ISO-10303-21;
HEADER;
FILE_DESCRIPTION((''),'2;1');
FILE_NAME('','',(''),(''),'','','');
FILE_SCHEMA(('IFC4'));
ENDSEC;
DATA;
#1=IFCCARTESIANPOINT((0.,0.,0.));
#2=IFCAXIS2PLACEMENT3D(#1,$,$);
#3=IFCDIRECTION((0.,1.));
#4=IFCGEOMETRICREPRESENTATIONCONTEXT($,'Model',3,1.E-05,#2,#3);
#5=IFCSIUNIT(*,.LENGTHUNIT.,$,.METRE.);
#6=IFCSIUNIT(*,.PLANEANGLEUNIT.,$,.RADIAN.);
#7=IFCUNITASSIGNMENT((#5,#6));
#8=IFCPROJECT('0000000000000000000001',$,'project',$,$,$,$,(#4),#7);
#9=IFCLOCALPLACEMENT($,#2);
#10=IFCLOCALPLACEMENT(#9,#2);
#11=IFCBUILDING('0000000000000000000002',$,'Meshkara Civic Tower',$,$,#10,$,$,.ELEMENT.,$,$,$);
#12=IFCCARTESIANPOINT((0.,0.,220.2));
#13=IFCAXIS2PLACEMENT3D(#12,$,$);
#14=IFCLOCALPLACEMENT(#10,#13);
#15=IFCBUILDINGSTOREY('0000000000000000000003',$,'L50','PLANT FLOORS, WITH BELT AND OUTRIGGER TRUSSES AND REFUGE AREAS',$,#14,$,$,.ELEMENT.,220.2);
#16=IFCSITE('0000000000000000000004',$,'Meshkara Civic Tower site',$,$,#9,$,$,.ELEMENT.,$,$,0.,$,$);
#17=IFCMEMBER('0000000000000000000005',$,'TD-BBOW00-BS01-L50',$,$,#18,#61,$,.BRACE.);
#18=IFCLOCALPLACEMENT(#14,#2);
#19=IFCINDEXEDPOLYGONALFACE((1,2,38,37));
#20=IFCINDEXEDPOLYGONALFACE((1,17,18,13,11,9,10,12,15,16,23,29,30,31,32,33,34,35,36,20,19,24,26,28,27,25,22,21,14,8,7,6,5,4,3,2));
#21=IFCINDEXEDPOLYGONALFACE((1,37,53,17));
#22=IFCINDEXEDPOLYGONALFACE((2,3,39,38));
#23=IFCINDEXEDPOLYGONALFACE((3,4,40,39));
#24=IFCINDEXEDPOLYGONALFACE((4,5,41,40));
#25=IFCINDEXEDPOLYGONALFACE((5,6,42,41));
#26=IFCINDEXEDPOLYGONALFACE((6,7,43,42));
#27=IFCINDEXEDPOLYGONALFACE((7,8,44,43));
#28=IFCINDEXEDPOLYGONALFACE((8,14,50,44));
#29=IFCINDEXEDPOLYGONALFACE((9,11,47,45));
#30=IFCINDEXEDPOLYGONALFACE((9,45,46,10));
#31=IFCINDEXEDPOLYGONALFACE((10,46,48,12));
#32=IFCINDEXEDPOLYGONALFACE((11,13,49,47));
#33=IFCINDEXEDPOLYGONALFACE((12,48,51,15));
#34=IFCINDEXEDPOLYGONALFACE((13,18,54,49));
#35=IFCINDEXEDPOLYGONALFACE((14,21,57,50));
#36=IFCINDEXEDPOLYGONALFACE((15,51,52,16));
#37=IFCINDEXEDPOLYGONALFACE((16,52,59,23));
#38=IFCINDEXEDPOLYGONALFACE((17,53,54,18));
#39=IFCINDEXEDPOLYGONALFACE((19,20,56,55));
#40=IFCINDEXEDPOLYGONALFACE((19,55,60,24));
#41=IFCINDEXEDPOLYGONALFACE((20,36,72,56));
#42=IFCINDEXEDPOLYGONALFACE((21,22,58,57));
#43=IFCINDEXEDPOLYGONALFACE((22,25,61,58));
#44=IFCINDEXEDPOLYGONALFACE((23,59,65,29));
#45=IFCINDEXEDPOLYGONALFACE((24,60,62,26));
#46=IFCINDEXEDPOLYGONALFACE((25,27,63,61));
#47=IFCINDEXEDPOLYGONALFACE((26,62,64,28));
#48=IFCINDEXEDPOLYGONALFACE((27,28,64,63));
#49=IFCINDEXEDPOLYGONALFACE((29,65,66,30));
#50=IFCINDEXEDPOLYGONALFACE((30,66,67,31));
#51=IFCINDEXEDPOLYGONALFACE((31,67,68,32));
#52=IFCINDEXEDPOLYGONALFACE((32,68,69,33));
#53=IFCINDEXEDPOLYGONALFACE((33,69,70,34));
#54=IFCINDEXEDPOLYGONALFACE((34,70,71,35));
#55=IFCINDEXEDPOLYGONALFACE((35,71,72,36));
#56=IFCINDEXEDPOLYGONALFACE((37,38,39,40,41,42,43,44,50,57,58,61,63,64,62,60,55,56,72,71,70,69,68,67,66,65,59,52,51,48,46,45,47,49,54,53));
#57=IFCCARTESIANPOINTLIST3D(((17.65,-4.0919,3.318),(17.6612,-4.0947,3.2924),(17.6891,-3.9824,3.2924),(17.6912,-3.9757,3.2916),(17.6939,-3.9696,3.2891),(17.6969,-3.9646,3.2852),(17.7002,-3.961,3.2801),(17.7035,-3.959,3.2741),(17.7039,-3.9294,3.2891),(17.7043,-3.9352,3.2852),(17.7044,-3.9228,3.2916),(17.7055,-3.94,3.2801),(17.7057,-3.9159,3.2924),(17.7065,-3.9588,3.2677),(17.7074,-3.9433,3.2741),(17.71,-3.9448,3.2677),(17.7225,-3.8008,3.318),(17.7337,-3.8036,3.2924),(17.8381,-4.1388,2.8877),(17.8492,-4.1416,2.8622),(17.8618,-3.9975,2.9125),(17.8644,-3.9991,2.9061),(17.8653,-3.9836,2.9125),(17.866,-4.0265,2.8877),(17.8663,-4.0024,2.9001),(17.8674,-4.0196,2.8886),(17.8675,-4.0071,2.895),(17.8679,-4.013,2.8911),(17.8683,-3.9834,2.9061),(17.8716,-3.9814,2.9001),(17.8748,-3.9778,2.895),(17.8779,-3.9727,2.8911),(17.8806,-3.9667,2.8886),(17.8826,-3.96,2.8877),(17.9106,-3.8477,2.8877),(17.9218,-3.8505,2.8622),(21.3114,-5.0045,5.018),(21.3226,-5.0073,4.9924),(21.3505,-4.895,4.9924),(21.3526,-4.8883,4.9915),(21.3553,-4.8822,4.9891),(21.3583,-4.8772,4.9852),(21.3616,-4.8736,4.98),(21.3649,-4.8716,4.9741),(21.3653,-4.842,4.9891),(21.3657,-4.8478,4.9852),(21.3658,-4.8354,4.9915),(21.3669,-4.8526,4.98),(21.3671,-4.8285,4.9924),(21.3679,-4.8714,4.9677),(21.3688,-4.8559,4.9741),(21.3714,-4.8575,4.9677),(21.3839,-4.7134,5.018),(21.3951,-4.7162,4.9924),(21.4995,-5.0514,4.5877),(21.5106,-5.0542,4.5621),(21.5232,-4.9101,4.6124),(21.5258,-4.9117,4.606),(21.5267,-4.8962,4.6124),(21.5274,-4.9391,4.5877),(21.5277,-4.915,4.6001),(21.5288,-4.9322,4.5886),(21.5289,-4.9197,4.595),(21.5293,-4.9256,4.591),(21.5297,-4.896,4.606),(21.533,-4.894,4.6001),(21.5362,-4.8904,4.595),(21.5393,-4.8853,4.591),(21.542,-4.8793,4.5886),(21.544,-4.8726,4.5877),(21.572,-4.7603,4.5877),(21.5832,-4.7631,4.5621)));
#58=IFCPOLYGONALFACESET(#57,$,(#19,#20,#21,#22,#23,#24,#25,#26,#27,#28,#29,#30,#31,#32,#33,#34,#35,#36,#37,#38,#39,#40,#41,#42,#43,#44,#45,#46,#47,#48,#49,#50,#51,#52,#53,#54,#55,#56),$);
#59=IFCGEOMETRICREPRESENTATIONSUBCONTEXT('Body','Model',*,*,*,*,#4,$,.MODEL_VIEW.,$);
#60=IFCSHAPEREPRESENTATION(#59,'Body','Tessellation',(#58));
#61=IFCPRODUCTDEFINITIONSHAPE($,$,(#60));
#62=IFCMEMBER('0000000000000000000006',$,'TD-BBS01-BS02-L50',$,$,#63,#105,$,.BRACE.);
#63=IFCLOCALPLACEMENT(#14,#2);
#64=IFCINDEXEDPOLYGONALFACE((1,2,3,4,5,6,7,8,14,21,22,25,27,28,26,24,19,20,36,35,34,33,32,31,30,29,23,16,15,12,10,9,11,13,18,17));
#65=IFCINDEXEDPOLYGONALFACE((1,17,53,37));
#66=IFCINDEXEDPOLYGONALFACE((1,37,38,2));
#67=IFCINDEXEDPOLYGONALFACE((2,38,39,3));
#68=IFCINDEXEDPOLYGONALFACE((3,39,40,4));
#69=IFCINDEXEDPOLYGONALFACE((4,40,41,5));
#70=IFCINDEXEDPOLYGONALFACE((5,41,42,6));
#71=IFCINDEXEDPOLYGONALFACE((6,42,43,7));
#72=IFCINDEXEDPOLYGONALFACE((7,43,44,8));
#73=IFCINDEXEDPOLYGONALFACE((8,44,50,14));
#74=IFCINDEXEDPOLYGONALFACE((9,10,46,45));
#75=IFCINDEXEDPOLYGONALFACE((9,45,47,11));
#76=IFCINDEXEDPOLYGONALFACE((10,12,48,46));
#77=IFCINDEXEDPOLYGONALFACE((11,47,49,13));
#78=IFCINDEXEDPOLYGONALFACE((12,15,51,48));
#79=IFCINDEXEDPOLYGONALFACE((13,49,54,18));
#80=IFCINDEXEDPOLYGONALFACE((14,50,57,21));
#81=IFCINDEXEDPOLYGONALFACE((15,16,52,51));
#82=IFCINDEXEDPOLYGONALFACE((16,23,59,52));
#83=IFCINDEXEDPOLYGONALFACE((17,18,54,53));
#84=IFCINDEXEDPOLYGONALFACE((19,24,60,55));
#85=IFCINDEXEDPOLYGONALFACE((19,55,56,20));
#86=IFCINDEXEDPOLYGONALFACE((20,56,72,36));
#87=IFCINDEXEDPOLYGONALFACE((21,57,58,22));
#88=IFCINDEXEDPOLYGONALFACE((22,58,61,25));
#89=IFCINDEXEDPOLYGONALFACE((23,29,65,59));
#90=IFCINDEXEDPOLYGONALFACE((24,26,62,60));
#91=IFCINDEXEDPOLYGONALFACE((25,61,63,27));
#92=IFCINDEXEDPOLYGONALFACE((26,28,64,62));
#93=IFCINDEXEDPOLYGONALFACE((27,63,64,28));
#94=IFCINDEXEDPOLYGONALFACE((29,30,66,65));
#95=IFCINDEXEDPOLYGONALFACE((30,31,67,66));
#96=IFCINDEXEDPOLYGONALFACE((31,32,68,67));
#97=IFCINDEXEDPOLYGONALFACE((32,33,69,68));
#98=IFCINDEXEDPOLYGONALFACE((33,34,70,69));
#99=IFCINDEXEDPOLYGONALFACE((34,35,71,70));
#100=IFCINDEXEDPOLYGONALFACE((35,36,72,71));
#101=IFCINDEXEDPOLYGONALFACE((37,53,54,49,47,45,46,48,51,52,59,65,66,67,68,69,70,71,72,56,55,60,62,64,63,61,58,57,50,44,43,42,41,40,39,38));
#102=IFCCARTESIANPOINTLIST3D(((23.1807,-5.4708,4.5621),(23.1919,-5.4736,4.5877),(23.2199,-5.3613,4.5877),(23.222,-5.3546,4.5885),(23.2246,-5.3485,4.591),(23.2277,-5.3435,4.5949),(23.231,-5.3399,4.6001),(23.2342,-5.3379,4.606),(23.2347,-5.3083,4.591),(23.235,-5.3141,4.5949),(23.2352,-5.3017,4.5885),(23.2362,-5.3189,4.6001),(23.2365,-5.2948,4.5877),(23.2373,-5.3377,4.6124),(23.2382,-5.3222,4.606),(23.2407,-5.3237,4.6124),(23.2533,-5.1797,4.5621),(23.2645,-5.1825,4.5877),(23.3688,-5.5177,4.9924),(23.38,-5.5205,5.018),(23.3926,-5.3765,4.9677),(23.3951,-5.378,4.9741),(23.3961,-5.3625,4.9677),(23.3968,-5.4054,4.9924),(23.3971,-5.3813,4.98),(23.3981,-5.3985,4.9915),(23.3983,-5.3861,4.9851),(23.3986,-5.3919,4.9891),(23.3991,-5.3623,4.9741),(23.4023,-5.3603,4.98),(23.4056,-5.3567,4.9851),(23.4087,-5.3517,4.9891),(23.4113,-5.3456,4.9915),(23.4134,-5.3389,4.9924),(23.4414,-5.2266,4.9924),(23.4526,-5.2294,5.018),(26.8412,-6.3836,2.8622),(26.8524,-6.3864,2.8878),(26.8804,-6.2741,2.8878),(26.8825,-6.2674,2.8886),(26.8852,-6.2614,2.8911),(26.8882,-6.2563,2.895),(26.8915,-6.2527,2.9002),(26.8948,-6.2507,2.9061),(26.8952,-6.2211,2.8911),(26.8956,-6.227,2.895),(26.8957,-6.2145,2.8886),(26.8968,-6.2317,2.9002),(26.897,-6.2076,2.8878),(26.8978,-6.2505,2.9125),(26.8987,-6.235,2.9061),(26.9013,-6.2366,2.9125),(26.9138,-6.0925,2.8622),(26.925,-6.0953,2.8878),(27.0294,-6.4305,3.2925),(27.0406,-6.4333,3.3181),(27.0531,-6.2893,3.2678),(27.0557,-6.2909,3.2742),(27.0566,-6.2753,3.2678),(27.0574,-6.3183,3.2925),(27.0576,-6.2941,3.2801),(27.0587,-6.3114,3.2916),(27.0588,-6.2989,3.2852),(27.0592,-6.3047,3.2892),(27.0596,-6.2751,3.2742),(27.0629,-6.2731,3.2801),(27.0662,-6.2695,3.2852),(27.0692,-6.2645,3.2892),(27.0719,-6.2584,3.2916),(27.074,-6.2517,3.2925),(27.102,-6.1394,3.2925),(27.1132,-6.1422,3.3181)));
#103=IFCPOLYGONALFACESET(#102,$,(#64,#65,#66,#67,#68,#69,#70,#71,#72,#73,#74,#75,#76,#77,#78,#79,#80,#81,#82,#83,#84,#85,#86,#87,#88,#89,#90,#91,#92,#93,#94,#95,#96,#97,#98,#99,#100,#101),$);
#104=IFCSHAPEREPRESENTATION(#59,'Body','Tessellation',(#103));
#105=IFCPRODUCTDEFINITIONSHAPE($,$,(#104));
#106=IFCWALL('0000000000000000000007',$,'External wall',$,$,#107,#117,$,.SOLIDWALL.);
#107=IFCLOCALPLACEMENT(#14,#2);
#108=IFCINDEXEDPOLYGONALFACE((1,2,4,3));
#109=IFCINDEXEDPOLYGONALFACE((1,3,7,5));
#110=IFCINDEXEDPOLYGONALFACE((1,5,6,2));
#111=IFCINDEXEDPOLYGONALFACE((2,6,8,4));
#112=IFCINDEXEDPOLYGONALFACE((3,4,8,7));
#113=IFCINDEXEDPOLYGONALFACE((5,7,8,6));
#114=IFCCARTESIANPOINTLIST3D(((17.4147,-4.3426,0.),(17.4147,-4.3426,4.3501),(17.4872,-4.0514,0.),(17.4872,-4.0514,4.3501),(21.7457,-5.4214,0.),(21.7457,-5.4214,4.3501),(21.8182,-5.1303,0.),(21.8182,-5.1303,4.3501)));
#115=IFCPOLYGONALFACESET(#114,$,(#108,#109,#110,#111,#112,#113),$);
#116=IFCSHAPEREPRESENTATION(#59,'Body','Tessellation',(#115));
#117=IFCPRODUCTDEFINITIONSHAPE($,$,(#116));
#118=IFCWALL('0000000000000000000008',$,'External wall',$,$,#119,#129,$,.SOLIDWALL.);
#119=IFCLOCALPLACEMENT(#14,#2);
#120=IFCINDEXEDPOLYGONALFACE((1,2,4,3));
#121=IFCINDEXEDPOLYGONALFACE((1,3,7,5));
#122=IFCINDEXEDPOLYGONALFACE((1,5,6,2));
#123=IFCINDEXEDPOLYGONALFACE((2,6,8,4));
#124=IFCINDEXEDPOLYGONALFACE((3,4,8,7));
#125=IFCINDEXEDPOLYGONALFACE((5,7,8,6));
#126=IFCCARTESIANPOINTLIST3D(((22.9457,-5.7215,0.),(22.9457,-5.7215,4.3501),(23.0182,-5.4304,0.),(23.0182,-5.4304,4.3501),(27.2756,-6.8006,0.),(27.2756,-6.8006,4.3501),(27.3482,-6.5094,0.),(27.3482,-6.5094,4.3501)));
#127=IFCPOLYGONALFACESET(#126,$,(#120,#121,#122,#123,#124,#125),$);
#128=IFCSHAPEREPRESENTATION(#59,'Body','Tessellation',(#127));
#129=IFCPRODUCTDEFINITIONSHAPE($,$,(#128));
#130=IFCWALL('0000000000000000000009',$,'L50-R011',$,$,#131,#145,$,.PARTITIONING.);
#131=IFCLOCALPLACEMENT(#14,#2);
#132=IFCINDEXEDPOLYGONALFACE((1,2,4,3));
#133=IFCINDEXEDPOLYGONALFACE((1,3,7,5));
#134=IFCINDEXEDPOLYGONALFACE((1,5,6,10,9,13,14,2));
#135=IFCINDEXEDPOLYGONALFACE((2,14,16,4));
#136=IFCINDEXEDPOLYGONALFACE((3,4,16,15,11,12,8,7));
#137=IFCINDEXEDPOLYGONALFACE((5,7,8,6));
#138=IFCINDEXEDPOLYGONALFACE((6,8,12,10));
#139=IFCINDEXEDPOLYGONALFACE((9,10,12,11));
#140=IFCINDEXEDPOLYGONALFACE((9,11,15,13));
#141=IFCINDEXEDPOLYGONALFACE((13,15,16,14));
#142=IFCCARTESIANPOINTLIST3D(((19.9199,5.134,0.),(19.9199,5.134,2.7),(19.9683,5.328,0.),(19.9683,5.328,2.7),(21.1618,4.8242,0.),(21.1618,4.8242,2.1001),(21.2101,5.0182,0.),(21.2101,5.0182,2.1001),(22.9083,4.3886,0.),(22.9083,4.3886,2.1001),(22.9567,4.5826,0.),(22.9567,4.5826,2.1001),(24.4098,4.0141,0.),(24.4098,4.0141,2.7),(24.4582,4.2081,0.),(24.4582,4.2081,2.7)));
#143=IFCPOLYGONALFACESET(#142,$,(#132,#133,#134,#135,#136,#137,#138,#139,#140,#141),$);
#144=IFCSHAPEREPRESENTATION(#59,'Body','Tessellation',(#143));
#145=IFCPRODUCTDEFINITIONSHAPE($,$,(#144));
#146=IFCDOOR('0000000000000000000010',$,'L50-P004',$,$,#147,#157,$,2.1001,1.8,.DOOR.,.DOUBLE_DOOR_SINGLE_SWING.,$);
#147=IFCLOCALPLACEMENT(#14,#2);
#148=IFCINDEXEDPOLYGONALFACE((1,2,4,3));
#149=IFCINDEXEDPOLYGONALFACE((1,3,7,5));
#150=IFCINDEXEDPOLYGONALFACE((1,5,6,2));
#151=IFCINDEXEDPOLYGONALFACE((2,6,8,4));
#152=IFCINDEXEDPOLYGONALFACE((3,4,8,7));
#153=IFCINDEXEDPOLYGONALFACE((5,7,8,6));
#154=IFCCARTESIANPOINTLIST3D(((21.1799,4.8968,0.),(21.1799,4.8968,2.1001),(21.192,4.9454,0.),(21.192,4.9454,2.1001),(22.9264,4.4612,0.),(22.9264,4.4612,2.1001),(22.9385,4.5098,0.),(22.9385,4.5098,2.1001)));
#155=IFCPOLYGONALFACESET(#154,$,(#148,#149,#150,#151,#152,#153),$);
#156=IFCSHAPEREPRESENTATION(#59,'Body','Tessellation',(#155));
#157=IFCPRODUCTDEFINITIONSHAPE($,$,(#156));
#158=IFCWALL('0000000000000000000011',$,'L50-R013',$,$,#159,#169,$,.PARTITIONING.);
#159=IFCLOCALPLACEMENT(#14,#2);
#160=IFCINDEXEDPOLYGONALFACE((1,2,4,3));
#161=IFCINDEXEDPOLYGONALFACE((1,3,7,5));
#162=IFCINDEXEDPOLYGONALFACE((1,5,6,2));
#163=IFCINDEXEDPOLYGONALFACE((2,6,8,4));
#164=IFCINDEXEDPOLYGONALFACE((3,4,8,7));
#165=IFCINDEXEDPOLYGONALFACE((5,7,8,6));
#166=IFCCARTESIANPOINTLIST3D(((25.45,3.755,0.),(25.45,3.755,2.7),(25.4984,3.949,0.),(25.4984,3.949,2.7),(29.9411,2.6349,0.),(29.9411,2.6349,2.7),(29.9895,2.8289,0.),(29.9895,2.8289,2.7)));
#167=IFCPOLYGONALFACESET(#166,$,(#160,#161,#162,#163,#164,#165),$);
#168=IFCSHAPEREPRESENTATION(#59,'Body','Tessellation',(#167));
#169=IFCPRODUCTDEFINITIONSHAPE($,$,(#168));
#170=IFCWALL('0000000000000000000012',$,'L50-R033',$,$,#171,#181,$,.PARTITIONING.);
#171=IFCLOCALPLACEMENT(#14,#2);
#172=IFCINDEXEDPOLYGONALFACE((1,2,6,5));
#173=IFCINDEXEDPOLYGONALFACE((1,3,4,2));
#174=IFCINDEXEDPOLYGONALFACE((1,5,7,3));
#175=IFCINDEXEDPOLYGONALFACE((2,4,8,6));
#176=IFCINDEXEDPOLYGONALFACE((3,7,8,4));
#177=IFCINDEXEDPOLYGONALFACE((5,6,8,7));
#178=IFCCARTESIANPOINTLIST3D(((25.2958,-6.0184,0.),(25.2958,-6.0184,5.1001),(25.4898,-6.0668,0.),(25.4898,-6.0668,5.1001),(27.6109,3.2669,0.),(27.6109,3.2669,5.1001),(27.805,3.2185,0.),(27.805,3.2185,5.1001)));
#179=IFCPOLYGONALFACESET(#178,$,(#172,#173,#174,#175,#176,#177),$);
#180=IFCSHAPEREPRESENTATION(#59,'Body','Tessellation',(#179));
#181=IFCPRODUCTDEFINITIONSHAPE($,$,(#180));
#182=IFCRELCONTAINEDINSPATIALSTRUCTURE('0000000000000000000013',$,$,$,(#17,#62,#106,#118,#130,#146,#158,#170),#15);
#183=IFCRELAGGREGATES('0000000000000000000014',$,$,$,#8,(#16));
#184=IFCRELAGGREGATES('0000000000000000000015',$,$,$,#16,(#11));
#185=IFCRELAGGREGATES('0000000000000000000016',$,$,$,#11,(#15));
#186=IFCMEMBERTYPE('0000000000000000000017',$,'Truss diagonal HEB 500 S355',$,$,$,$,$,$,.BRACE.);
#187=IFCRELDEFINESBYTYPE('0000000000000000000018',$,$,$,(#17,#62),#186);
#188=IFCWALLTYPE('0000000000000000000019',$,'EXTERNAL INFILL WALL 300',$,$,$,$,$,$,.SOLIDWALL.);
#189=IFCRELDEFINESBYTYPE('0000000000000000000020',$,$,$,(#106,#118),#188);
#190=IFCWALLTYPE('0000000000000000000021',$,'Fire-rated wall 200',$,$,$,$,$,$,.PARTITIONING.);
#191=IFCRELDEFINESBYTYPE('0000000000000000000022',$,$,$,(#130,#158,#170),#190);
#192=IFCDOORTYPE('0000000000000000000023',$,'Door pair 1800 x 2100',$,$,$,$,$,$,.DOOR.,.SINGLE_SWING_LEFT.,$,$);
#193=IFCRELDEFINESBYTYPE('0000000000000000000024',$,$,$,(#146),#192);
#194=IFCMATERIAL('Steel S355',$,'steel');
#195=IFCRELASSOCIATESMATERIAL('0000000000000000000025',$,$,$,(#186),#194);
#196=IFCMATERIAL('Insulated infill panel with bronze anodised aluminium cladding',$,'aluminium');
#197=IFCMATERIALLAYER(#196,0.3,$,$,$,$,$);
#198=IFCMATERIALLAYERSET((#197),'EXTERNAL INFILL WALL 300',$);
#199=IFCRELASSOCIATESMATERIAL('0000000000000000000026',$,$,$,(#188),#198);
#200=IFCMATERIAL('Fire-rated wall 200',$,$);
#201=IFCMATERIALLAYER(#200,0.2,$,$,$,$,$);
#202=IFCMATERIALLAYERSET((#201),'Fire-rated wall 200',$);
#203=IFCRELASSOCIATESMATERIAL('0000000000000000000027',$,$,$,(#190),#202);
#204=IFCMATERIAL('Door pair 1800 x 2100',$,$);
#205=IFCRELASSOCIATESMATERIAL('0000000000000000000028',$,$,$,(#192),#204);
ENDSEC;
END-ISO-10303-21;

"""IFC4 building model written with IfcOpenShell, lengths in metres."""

from ifc_helpers import new_model, si_unit, direction, frame, frame_2d, origin, origin_2d, place, context, subcontext, project, spatial, rectangle, i_section, extrude, material, layer, layer_set, material_profile, profile_set, type_object, element, fill, save


model = new_model("IFC4")

# Units and contexts
model_context = context("Model", 3, precision=1e-05, world=origin(), true_north=direction((0.0, 1.0)))
body_context = subcontext(model_context, "Body", "Model", "MODEL_VIEW")
ifc_project = project(units=[si_unit("LENGTHUNIT", "METRE"), si_unit("PLANEANGLEUNIT", "RADIAN")], contexts=[model_context])

# Site, building, storey
site_placement = place(None, origin())
site = spatial("IfcSite", under=ifc_project, at=site_placement, Name="Meshkara Civic Tower site", CompositionType="ELEMENT", RefElevation=0.0)
building_placement = place(site_placement, origin())
building = spatial("IfcBuilding", under=site, at=building_placement, Name="Meshkara Civic Tower", CompositionType="ELEMENT")
storey_placement = place(building_placement, frame((0.0, 0.0, 220.2)))
storey = spatial("IfcBuildingStorey", under=building, at=storey_placement, Name="L50", Description="PLANT FLOORS, WITH BELT AND OUTRIGGER TRUSSES AND REFUGE AREAS", CompositionType="ELEMENT", Elevation=220.2)

# Members
ifc_material_1 = material(Name="Steel S355", Category="steel")
ifc_material_profile_1 = material_profile(ifc_material_1, i_section(OverallWidth=0.3, OverallDepth=0.5, WebThickness=0.0144, FlangeThickness=0.0281, FilletRadius=0.0271, at=origin_2d()))
ifc_profile_set_1 = profile_set([ifc_material_profile_1], Name="Steel S355")
member_type_1 = type_object("IfcMemberType", Name="Truss diagonal HEB 500 S355", PredefinedType="BRACE", material=ifc_profile_set_1)
member_1_placement = place(storey_placement, frame((17.7859, -3.9712, 3.0901), z_axis=(0.884681, -0.220507, 0.410751), x_axis=(0.241851, 0.970314, 0.0)))
element("IfcMember", 1, at=member_1_placement, inside=storey, type_object=member_type_1, Name="TD-BBOW00-BS01-L50", PredefinedType="BRACE", context=body_context, shape_type="SweptSolid", body=[
    extrude(i_section(OverallWidth=0.3, OverallDepth=0.5, WebThickness=0.0144, FlangeThickness=0.0281, FilletRadius=0.0271, at=origin_2d()), origin(), (0.0, 0.0, 1.0), 4.1387),
])
member_2_placement = place(storey_placement, frame((23.3167, -5.3501, 4.79), z_axis=(0.884631, -0.220597, -0.41081), x_axis=(0.241957, 0.970287, 0.0)))
element("IfcMember", 2, at=member_2_placement, inside=storey, type_object=member_type_1, Name="TD-BBS01-BS02-L50", PredefinedType="BRACE", context=body_context, shape_type="SweptSolid", body=[
    extrude(i_section(OverallWidth=0.3, OverallDepth=0.5, WebThickness=0.0144, FlangeThickness=0.0281, FilletRadius=0.0271, at=origin_2d()), origin(), (0.0, 0.0, 1.0), 4.1379),
])

# Walls
ifc_material_2 = material(Name="Insulated infill panel with bronze anodised aluminium cladding", Category="aluminium")
ifc_layer_1 = layer(ifc_material_2, 0.3)
ifc_layer_set_1 = layer_set([ifc_layer_1], Name="EXTERNAL INFILL WALL 300")
wall_type_1 = type_object("IfcWallType", Name="EXTERNAL INFILL WALL 300", PredefinedType="SOLIDWALL", material=ifc_layer_set_1)
wall_1_placement = place(storey_placement, frame((17.4509, -4.197, 0.0), z_axis=(0.0, 0.0, 1.0), x_axis=(0.970348, -0.241712, 0.0)))
element("IfcWall", 3, at=wall_1_placement, inside=storey, type_object=wall_type_1, Name="External wall", PredefinedType="SOLIDWALL", context=body_context, shape_type="SweptSolid", body=[
    extrude(rectangle(XDim=4.4634, YDim=0.3, at=frame_2d((2.2317, 0.0))), origin(), (0.0, 0.0, 1.0), 4.3501),
])
wall_2_placement = place(storey_placement, frame((22.9819, -5.5759, 0.0), z_axis=(0.0, 0.0, 1.0), x_axis=(0.970322, -0.241815, 0.0)))
element("IfcWall", 4, at=wall_2_placement, inside=storey, type_object=wall_type_1, Name="External wall", PredefinedType="SOLIDWALL", context=body_context, shape_type="SweptSolid", body=[
    extrude(rectangle(XDim=4.4624, YDim=0.3, at=frame_2d((2.2312, 0.0))), origin(), (0.0, 0.0, 1.0), 4.3501),
])

# Wall, opening, door
ifc_material_3 = material(Name="Fire-rated wall 200")
ifc_layer_2 = layer(ifc_material_3, 0.2)
ifc_layer_set_2 = layer_set([ifc_layer_2], Name="Fire-rated wall 200")
wall_type_2 = type_object("IfcWallType", Name="Fire-rated wall 200", PredefinedType="PARTITIONING", material=ifc_layer_set_2)
wall_3_placement = place(storey_placement, frame((19.9441, 5.231, 0.0), z_axis=(0.0, 0.0, 1.0), x_axis=(0.970276, -0.242002, 0.0)))
wall_3 = element("IfcWall", 5, at=wall_3_placement, inside=storey, type_object=wall_type_2, Name="L50-R011", PredefinedType="PARTITIONING", context=body_context, shape_type="SweptSolid", body=[
    extrude(rectangle(XDim=4.6274, YDim=0.2, at=frame_2d((2.3137, 0.0))), origin(), (0.0, 0.0, 1.0), 2.7),
])
opening_placement = place(wall_3_placement, frame((1.28, 0.0, 0.0)))
opening = element("IfcOpeningElement", 6, at=opening_placement, cuts=wall_3, PredefinedType="OPENING", context=body_context, shape_type="SweptSolid", body=[
    extrude(rectangle(XDim=1.8, YDim=2.1001, at=frame_2d((0.8999, 1.05))), frame((0.0, 0.1099, 0.0), z_axis=(0.0, -1.0, 0.0), x_axis=(1.0, 0.0, 0.0)), (0.0, 0.0, 1.0), 0.22),
])
ifc_material_4 = material(Name="Door pair 1800 x 2100")
door_type = type_object("IfcDoorType", Name="Door pair 1800 x 2100", OperationType="SINGLE_SWING_LEFT", PredefinedType="DOOR", material=ifc_material_4)
door_placement = place(opening_placement, origin())
door = element("IfcDoor", 7, at=door_placement, inside=storey, type_object=door_type, Name="L50-P004", OperationType="DOUBLE_DOOR_SINGLE_SWING", OverallHeight=2.1001, OverallWidth=1.8, PredefinedType="DOOR", context=body_context, shape_type="SweptSolid", body=[
    extrude(rectangle(XDim=1.8, YDim=2.1001, at=frame_2d((0.8999, 1.05))), frame((0.0, 0.0249, 0.0), z_axis=(0.0, -1.0, 0.0), x_axis=(1.0, 0.0, 0.0)), (0.0, 0.0, 1.0), 0.05),
])
fill(opening, door)

# Walls
wall_4_placement = place(storey_placement, frame((25.4741, 3.8521, 0.0), z_axis=(0.0, 0.0, 1.0), x_axis=(0.970276, -0.242002, 0.0)))
element("IfcWall", 8, at=wall_4_placement, inside=storey, type_object=wall_type_2, Name="L50-R013", PredefinedType="PARTITIONING", context=body_context, shape_type="SweptSolid", body=[
    extrude(rectangle(XDim=4.6287, YDim=0.2, at=frame_2d((2.3145, 0.0))), origin(), (0.0, 0.0, 1.0), 2.7),
])
wall_5_placement = place(storey_placement, frame((25.3928, -6.0425, 0.0), z_axis=(0.0, 0.0, 1.0), x_axis=(0.241929, 0.970294, 0.0)))
element("IfcWall", 9, at=wall_5_placement, inside=storey, type_object=wall_type_2, Name="L50-R033", PredefinedType="PARTITIONING", context=body_context, shape_type="SweptSolid", body=[
    extrude(rectangle(XDim=9.5696, YDim=0.2, at=frame_2d((4.7847, 0.0))), origin(), (0.0, 0.0, 1.0), 5.1001),
])

save(model, "model.ifc")
